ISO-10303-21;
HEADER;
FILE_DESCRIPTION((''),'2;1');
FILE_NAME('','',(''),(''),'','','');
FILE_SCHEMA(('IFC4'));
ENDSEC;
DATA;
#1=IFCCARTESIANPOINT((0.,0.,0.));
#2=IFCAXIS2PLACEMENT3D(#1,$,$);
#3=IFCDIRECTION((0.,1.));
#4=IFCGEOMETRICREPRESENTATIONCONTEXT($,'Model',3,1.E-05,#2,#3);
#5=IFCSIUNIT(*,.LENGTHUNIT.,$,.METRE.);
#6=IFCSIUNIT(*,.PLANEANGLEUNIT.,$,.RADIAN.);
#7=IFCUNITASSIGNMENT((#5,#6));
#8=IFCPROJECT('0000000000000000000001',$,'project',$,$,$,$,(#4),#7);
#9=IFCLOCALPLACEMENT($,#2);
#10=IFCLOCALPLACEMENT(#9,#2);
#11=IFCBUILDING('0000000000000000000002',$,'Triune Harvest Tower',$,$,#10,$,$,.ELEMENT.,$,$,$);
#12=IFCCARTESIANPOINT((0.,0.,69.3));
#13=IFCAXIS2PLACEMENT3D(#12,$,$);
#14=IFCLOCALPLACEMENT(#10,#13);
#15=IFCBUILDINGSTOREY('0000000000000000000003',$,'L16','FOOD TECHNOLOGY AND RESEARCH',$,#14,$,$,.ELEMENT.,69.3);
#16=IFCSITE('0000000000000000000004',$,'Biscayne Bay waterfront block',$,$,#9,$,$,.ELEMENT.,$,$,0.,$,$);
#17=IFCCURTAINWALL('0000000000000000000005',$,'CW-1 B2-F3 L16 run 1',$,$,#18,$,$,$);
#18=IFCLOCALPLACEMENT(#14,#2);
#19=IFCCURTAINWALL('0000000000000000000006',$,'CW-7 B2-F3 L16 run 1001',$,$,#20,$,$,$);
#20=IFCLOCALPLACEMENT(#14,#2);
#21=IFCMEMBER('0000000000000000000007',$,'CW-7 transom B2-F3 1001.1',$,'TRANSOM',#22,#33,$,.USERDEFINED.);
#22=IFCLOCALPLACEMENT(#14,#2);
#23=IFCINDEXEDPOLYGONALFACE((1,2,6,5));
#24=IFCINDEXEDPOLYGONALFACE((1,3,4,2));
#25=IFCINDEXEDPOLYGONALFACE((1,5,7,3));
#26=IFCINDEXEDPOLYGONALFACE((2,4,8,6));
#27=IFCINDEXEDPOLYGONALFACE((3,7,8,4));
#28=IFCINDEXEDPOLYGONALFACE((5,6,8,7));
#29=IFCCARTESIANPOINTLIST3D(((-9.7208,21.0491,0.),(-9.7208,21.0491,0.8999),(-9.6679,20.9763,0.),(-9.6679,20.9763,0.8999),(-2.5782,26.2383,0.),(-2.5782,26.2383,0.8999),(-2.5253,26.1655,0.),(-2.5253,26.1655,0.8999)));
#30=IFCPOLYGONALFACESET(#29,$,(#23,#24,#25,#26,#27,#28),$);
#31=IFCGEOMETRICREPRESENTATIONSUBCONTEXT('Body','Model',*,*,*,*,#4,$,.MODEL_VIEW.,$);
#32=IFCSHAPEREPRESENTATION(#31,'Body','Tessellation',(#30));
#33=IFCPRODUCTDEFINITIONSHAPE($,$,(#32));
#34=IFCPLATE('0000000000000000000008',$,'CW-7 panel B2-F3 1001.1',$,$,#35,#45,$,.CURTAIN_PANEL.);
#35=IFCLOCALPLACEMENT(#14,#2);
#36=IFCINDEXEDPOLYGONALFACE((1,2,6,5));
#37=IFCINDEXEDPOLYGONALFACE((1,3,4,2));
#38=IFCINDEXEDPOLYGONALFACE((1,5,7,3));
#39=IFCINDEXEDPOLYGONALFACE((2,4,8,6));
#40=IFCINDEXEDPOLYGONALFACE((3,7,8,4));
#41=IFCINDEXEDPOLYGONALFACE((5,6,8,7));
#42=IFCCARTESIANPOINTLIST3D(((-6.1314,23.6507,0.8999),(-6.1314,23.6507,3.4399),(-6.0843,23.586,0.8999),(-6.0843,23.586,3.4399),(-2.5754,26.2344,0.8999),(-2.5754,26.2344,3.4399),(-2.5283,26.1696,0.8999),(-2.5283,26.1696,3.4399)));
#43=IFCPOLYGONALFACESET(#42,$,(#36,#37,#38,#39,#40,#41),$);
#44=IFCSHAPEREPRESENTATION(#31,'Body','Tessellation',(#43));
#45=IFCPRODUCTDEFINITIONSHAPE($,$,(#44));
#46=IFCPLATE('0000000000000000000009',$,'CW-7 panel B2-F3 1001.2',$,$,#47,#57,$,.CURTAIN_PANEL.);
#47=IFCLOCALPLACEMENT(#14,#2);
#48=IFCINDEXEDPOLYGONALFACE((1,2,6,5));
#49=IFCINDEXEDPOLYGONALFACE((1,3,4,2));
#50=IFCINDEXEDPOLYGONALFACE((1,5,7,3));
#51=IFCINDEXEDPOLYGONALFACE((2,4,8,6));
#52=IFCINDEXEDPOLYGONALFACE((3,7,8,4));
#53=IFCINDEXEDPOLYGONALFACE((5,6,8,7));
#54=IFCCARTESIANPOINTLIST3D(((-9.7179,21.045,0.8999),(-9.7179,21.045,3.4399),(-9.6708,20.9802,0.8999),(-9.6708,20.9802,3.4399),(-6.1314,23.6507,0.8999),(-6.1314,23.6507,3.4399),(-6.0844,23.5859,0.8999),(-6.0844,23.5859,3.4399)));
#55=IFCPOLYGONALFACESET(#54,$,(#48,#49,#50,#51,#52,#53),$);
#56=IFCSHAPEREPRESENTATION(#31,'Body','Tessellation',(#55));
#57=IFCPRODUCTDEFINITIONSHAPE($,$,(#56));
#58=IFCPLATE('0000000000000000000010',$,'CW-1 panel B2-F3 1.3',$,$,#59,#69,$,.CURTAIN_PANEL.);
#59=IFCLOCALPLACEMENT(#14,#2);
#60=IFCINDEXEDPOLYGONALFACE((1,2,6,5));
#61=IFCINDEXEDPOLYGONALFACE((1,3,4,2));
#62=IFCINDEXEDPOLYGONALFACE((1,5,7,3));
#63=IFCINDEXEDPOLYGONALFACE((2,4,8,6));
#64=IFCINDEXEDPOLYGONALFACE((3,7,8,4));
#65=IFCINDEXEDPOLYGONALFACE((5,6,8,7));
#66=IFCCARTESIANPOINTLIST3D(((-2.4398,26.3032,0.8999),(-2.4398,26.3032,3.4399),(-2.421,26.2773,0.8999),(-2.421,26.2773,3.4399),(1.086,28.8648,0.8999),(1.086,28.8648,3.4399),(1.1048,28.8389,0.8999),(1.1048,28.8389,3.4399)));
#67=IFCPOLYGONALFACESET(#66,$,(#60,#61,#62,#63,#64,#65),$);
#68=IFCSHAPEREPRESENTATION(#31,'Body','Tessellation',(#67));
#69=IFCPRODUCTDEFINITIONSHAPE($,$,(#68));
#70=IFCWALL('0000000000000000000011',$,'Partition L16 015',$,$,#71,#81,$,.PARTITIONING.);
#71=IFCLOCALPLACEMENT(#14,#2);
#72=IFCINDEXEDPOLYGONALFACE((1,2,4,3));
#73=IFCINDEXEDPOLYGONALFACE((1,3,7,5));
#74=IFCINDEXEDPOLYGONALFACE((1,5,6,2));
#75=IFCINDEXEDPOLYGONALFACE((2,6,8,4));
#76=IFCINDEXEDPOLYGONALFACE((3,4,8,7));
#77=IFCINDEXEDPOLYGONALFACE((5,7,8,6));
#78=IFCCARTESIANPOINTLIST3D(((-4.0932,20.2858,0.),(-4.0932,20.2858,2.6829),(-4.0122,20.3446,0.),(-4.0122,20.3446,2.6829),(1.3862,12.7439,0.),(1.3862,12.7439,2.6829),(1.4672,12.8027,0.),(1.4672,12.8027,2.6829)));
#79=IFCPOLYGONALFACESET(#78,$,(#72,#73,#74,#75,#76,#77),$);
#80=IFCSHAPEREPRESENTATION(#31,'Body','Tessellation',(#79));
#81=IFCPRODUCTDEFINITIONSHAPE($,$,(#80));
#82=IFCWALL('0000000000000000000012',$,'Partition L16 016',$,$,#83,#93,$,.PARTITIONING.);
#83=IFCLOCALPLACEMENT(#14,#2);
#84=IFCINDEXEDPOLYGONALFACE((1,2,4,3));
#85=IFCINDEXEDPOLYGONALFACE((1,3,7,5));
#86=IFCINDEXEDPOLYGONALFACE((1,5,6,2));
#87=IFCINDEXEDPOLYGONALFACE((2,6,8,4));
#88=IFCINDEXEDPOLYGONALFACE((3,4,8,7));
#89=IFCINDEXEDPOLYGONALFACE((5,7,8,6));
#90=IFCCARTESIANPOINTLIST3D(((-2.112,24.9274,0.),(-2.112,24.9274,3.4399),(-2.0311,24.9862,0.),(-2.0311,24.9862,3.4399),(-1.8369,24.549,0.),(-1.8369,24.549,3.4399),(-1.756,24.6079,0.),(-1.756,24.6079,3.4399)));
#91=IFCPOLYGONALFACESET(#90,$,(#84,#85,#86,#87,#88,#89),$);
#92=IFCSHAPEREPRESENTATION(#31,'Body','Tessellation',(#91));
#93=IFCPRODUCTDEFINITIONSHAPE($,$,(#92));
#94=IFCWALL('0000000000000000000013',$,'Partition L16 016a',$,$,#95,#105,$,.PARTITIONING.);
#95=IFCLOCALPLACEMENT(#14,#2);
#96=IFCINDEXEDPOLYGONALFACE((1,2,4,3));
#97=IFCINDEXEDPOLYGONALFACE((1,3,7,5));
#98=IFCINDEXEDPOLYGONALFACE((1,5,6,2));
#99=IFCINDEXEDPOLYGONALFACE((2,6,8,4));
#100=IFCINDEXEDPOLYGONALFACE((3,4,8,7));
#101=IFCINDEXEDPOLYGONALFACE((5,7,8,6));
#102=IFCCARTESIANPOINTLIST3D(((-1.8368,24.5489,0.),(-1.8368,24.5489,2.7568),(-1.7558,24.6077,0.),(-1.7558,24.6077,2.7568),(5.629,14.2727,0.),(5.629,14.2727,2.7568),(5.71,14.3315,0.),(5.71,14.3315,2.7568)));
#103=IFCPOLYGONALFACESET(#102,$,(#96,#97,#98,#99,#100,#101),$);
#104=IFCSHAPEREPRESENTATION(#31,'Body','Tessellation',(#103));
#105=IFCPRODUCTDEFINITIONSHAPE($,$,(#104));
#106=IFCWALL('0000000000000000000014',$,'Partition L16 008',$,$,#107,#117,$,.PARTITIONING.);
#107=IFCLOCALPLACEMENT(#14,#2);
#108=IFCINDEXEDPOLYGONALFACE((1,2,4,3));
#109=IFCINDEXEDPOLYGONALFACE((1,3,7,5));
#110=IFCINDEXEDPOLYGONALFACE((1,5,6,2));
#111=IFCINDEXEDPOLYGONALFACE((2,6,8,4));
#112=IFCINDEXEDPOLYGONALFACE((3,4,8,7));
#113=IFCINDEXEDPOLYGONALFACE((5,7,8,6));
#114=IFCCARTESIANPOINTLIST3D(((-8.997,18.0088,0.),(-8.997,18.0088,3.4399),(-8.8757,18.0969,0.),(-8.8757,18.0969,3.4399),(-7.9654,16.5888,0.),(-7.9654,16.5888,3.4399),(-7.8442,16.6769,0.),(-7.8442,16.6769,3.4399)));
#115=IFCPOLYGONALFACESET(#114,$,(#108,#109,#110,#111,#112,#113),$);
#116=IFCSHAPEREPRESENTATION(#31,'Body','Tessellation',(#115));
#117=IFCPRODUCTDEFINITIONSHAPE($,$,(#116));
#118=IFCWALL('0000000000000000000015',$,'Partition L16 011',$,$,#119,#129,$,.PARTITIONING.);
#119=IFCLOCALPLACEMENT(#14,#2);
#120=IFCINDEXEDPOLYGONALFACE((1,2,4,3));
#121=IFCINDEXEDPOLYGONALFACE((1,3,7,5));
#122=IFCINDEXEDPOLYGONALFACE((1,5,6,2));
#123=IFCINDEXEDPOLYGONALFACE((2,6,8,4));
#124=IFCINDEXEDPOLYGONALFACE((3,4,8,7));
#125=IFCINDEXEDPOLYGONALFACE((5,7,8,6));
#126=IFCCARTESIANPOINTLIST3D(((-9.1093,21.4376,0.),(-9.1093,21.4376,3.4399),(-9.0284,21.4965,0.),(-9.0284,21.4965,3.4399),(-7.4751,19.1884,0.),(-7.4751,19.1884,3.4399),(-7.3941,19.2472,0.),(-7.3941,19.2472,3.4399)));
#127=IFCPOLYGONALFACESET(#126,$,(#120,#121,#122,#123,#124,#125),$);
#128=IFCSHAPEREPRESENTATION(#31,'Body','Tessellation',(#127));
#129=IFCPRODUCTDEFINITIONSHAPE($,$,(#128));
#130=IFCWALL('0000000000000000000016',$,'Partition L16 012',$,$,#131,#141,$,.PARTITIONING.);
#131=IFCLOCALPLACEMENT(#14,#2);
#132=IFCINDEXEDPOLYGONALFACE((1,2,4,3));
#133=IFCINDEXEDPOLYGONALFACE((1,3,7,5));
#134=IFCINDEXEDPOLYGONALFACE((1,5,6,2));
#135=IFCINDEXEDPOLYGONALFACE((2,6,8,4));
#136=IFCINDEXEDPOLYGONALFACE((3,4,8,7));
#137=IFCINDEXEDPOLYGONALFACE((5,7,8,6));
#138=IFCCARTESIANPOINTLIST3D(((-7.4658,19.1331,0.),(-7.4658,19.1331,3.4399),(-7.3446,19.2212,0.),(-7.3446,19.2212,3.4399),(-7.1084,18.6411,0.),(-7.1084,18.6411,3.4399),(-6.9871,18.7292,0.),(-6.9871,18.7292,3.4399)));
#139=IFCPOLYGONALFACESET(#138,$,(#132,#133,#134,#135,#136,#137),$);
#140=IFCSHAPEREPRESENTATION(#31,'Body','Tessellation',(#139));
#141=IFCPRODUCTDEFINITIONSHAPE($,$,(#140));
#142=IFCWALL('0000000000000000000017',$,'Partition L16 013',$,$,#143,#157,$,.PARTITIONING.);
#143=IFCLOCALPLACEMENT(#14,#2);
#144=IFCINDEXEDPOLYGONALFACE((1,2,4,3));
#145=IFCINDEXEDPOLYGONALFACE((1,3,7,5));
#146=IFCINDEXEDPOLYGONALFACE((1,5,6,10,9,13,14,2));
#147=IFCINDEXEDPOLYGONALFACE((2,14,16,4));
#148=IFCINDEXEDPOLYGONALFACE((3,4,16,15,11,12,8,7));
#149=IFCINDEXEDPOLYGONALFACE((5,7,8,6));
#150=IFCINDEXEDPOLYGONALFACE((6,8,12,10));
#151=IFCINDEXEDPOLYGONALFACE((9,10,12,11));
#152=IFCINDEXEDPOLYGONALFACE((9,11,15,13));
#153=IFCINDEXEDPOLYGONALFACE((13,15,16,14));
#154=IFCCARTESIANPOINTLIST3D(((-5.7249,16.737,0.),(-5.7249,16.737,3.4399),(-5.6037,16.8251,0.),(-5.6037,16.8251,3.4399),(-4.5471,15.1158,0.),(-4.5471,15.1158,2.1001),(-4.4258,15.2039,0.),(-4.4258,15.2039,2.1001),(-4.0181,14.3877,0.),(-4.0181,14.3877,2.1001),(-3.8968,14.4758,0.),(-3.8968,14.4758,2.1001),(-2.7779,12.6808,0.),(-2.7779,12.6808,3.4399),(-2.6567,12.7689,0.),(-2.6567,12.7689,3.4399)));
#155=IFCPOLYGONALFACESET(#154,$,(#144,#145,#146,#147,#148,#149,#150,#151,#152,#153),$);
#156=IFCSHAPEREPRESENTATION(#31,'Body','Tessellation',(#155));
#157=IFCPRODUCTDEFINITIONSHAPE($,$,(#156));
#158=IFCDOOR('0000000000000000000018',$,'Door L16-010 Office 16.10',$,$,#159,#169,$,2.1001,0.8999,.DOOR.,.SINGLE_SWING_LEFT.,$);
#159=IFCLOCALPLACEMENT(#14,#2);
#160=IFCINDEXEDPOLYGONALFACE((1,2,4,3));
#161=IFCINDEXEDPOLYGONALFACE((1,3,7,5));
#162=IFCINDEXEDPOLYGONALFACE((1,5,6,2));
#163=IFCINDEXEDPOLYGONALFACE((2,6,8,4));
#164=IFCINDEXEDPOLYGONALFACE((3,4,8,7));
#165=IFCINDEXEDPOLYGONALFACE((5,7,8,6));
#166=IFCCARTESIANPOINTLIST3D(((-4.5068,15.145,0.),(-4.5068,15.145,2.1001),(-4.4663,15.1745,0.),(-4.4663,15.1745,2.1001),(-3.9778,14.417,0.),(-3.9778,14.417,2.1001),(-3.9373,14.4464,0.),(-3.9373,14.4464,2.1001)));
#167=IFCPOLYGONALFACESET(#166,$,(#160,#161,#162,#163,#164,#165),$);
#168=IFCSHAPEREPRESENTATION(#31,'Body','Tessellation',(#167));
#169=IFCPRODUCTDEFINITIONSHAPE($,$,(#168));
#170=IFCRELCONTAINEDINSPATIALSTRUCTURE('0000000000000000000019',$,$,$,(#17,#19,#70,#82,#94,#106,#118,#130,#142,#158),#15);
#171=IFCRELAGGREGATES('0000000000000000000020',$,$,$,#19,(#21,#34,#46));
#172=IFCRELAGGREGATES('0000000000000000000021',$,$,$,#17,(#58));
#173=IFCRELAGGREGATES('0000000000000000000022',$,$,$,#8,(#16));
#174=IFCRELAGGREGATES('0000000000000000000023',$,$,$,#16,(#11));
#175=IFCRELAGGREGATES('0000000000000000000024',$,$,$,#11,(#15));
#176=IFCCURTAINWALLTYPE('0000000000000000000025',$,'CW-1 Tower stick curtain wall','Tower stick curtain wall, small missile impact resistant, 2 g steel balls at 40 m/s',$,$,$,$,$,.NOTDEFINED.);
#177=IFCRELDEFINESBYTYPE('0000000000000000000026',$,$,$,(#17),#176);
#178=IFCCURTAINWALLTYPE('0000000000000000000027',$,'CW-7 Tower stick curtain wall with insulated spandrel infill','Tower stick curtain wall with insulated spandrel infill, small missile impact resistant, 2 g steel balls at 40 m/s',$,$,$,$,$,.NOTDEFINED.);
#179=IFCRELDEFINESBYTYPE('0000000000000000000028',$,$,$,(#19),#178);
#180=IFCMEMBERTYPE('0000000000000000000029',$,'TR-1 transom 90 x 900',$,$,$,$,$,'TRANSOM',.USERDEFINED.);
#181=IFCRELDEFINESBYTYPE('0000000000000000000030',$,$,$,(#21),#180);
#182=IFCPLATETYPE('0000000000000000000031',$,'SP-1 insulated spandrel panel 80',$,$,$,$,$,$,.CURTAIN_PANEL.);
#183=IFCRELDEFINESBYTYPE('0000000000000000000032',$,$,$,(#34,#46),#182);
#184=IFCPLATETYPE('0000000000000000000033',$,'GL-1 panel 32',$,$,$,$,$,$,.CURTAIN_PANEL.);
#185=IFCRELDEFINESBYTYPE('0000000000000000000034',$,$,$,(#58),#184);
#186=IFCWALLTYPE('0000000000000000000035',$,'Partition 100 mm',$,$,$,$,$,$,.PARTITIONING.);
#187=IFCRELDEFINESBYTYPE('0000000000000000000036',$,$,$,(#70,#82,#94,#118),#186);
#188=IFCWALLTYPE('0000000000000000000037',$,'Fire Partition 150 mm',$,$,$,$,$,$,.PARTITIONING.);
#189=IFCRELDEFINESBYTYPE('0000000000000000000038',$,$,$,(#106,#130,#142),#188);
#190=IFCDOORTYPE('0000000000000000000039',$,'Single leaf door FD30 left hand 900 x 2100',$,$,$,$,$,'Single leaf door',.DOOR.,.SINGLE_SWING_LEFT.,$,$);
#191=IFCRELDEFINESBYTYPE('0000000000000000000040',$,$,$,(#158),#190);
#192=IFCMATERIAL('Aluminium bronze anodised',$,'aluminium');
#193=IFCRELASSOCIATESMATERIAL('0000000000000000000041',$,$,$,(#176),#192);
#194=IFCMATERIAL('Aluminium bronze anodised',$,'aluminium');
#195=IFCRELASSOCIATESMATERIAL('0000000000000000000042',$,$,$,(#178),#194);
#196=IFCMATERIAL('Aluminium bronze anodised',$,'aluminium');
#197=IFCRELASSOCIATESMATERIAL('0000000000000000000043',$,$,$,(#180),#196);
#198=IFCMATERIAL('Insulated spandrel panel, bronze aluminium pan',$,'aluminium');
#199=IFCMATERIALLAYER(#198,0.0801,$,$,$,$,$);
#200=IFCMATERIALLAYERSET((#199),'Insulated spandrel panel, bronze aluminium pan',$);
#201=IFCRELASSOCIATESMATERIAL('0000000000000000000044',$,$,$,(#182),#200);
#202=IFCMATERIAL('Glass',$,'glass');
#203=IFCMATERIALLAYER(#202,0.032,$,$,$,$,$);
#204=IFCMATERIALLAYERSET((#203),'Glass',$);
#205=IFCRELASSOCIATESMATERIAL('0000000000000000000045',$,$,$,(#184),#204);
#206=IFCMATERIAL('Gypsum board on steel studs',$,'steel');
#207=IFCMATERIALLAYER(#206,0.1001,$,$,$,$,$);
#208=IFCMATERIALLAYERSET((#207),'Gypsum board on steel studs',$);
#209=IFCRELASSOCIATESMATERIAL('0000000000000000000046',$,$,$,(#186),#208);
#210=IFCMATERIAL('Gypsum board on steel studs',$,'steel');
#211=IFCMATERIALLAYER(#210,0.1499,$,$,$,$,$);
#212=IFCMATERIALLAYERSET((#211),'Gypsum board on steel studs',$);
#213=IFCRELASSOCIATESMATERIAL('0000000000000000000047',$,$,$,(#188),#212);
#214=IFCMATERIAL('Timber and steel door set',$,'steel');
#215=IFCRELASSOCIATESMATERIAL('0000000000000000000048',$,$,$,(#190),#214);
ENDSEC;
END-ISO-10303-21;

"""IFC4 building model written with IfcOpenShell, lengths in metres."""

from ifc_helpers import new_model, si_unit, direction, frame, frame_2d, origin, origin_2d, place, context, subcontext, project, spatial, rectangle, extrude, source, transform, mapped, material, layer, layer_set, material_profile, profile_set, type_object, element, fill, aggregate, save


model = new_model("IFC4")

# Units and contexts
model_context = context("Model", 3, precision=1e-05, world=origin(), true_north=direction((0.0, 1.0)))
body_context = subcontext(model_context, "Body", "Model", "MODEL_VIEW")
ifc_project = project(units=[si_unit("LENGTHUNIT", "METRE"), si_unit("PLANEANGLEUNIT", "RADIAN")], contexts=[model_context])

# Site, building, storey
site_placement = place(None, origin())
site = spatial("IfcSite", under=ifc_project, at=site_placement, Name="Biscayne Bay waterfront block", CompositionType="ELEMENT", RefElevation=0.0)
building_placement = place(site_placement, origin())
building = spatial("IfcBuilding", under=site, at=building_placement, Name="Triune Harvest Tower", CompositionType="ELEMENT")
storey_placement = place(building_placement, frame((0.0, 0.0, 69.3)))
storey = spatial("IfcBuildingStorey", under=building, at=storey_placement, Name="L16", Description="FOOD TECHNOLOGY AND RESEARCH", CompositionType="ELEMENT", Elevation=69.3)

# Curtain wall
ifc_material_1 = material(Name="Aluminium bronze anodised", Category="aluminium")
curtain_wall_type_1 = type_object("IfcCurtainWallType", Name="CW-1 Tower stick curtain wall", Description="Tower stick curtain wall, small missile impact resistant, 2 g steel balls at 40 m/s", PredefinedType="NOTDEFINED", material=ifc_material_1)
curtain_wall_1_placement = place(storey_placement, origin())
curtain_wall_1 = element("IfcCurtainWall", 1, at=curtain_wall_1_placement, inside=storey, type_object=curtain_wall_type_1, Name="CW-1 B2-F3 L16 run 1")

# Curtain wall, member, plates
ifc_material_2 = material(Name="Aluminium bronze anodised", Category="aluminium")
curtain_wall_type_2 = type_object("IfcCurtainWallType", Name="CW-7 Tower stick curtain wall with insulated spandrel infill", Description="Tower stick curtain wall with insulated spandrel infill, small missile impact resistant, 2 g steel balls at 40 m/s", PredefinedType="NOTDEFINED", material=ifc_material_2)
curtain_wall_2_placement = place(storey_placement, origin())
curtain_wall_2 = element("IfcCurtainWall", 2, at=curtain_wall_2_placement, inside=storey, type_object=curtain_wall_type_2, Name="CW-7 B2-F3 L16 run 1001")
ifc_material_3 = material(Name="Aluminium bronze anodised", Category="aluminium")
ifc_material_profile_1 = material_profile(ifc_material_3, rectangle(XDim=0.0901, YDim=0.8999, at=origin_2d()), Name="TR-1 transom 90 x 900")
ifc_profile_set_1 = profile_set([ifc_material_profile_1], Name="Aluminium bronze anodised")
member_type_1 = type_object("IfcMemberType", Name="TR-1 transom 90 x 900", ElementType="TRANSOM", PredefinedType="USERDEFINED", material=ifc_profile_set_1)
shared_shape_1 = source(origin(), body_context, "Body", "SweptSolid", [
    extrude(rectangle(XDim=0.0901, YDim=0.8999, at=origin_2d()), origin(), (0.0, 0.0, 1.0), 8.8286),
])
member_1_placement = place(storey_placement, frame((-2.5518, 26.2019, 0.45), z_axis=(-0.809027, -0.587772, 0.0), x_axis=(0.587772, -0.809027, 0.0)))
member_1 = element("IfcMember", 3, at=member_1_placement, type_object=member_type_1, Name="CW-7 transom B2-F3 1001.1", ObjectType="TRANSOM", PredefinedType="USERDEFINED", context=body_context, shape_type="MappedRepresentation", body=[
    mapped(shared_shape_1, transform((0.0, 0.0, 0.0), scale=1.0)),
])
ifc_material_4 = material(Name="Insulated spandrel panel, bronze aluminium pan", Category="aluminium")
ifc_layer_1 = layer(ifc_material_4, 0.0801)
ifc_layer_set_1 = layer_set([ifc_layer_1], Name="Insulated spandrel panel, bronze aluminium pan")
plate_type_1 = type_object("IfcPlateType", Name="SP-1 insulated spandrel panel 80", PredefinedType="CURTAIN_PANEL", material=ifc_layer_set_1)
shared_shape_2 = source(origin(), body_context, "Body", "SweptSolid", [
    extrude(rectangle(XDim=4.3955, YDim=0.0801, at=origin_2d()), origin(), (0.0, 0.0, 1.0), 2.54),
])
plate_1_placement = place(storey_placement, frame((-4.3298, 24.9102, 0.8999), z_axis=(0.0, 0.0, 1.0), x_axis=(-0.809016, -0.587787, 0.0)))
plate_1 = element("IfcPlate", 4, at=plate_1_placement, type_object=plate_type_1, Name="CW-7 panel B2-F3 1001.1", PredefinedType="CURTAIN_PANEL", context=body_context, shape_type="MappedRepresentation", body=[
    mapped(shared_shape_2, transform((0.0, 0.0, 0.0), scale=1.0)),
])
shared_shape_3 = source(origin(), body_context, "Body", "SweptSolid", [
    extrude(rectangle(XDim=4.4331, YDim=0.0801, at=origin_2d()), origin(), (0.0, 0.0, 1.0), 2.54),
])
plate_2_placement = place(storey_placement, frame((-7.9011, 22.3154, 0.8999), z_axis=(0.0, 0.0, 1.0), x_axis=(-0.809016, -0.587787, 0.0)))
plate_2 = element("IfcPlate", 5, at=plate_2_placement, type_object=plate_type_1, Name="CW-7 panel B2-F3 1001.2", PredefinedType="CURTAIN_PANEL", context=body_context, shape_type="MappedRepresentation", body=[
    mapped(shared_shape_3, transform((0.0, 0.0, 0.0), scale=1.0)),
])
aggregate(curtain_wall_2, [member_1, plate_1, plate_2])

# Plate
ifc_material_5 = material(Name="Glass", Category="glass")
ifc_layer_2 = layer(ifc_material_5, 0.032)
ifc_layer_set_2 = layer_set([ifc_layer_2], Name="Glass")
plate_type_2 = type_object("IfcPlateType", Name="GL-1 panel 32", PredefinedType="CURTAIN_PANEL", material=ifc_layer_set_2)
shared_shape_4 = source(origin(), body_context, "Body", "SweptSolid", [
    extrude(rectangle(XDim=4.3582, YDim=0.032, at=origin_2d()), origin(), (0.0, 0.0, 1.0), 2.54),
])
plate_3_placement = place(storey_placement, frame((-0.6675, 27.571, 0.8999), z_axis=(0.0, 0.0, 1.0), x_axis=(-0.809017, -0.587785, 0.0)))
plate_3 = element("IfcPlate", 6, at=plate_3_placement, type_object=plate_type_2, Name="CW-1 panel B2-F3 1.3", PredefinedType="CURTAIN_PANEL", context=body_context, shape_type="MappedRepresentation", body=[
    mapped(shared_shape_4, transform((0.0, 0.0, 0.0), scale=1.0)),
])
aggregate(curtain_wall_1, [plate_3])

# Walls
ifc_material_6 = material(Name="Gypsum board on steel studs", Category="steel")
ifc_layer_3 = layer(ifc_material_6, 0.1001)
ifc_layer_set_3 = layer_set([ifc_layer_3], Name="Gypsum board on steel studs")
wall_type_1 = type_object("IfcWallType", Name="Partition 100 mm", PredefinedType="PARTITIONING", material=ifc_layer_set_3)
wall_1_placement = place(storey_placement, frame((-4.0527, 20.3152, 0.0), z_axis=(0.0, 0.0, 1.0), x_axis=(0.587779, -0.809021, 0.0)))
element("IfcWall", 7, at=wall_1_placement, inside=storey, type_object=wall_type_1, Name="Partition L16 015", PredefinedType="PARTITIONING", context=body_context, shape_type="SweptSolid", body=[
    extrude(rectangle(XDim=9.3223, YDim=0.1001, at=frame_2d((4.6611, 0.0))), origin(), (0.0, 0.0, 1.0), 2.6829),
])
wall_2_placement = place(storey_placement, frame((-2.0715, 24.9568, 0.0), z_axis=(0.0, 0.0, 1.0), x_axis=(0.588079, -0.808804, 0.0)))
element("IfcWall", 8, at=wall_2_placement, inside=storey, type_object=wall_type_1, Name="Partition L16 016", PredefinedType="PARTITIONING", context=body_context, shape_type="SweptSolid", body=[
    extrude(rectangle(XDim=0.4678, YDim=0.1001, at=frame_2d((0.2339, 0.0))), origin(), (0.0, 0.0, 1.0), 3.4399),
])
wall_3_placement = place(storey_placement, frame((-1.7964, 24.5784, 0.0), z_axis=(0.0, 0.0, 1.0), x_axis=(0.587774, -0.809025, 0.0)))
element("IfcWall", 9, at=wall_3_placement, inside=storey, type_object=wall_type_1, Name="Partition L16 016a", PredefinedType="PARTITIONING", context=body_context, shape_type="SweptSolid", body=[
    extrude(rectangle(XDim=12.7019, YDim=0.1001, at=frame_2d((6.3511, 0.0))), origin(), (0.0, 0.0, 1.0), 2.7568),
])
ifc_material_7 = material(Name="Gypsum board on steel studs", Category="steel")
ifc_layer_4 = layer(ifc_material_7, 0.1499)
ifc_layer_set_4 = layer_set([ifc_layer_4], Name="Gypsum board on steel studs")
wall_type_2 = type_object("IfcWallType", Name="Fire Partition 150 mm", PredefinedType="PARTITIONING", material=ifc_layer_set_4)
shared_shape_5 = source(origin(), body_context, "Body", "SweptSolid", [
    extrude(rectangle(XDim=1.7551, YDim=0.1499, at=frame_2d((0.8774, 0.0))), origin(), (0.0, 0.0, 1.0), 3.4399),
])
wall_4_placement = place(storey_placement, frame((-8.9363, 18.0527, 0.0), z_axis=(0.0, 0.0, 1.0), x_axis=(0.587733, -0.809055, 0.0)))
element("IfcWall", 10, at=wall_4_placement, inside=storey, type_object=wall_type_2, Name="Partition L16 008", PredefinedType="PARTITIONING", context=body_context, shape_type="MappedRepresentation", body=[
    mapped(shared_shape_5, transform((0.0, 0.0, 0.0), scale=1.0)),
])
shared_shape_6 = source(origin(), body_context, "Body", "SweptSolid", [
    extrude(rectangle(XDim=2.7803, YDim=0.1001, at=frame_2d((1.3901, 0.0))), origin(), (0.0, 0.0, 1.0), 3.4399),
])
wall_5_placement = place(storey_placement, frame((-9.0688, 21.467, 0.0), z_axis=(0.0, 0.0, 1.0), x_axis=(0.587806, -0.809002, 0.0)))
element("IfcWall", 11, at=wall_5_placement, inside=storey, type_object=wall_type_1, Name="Partition L16 011", PredefinedType="PARTITIONING", context=body_context, shape_type="MappedRepresentation", body=[
    mapped(shared_shape_6, transform((0.0, 0.0, 0.0), scale=1.0)),
])
shared_shape_7 = source(origin(), body_context, "Body", "SweptSolid", [
    extrude(rectangle(XDim=0.6082, YDim=0.1499, at=frame_2d((0.3042, 0.0))), origin(), (0.0, 0.0, 1.0), 3.4399),
])
wall_6_placement = place(storey_placement, frame((-7.4053, 19.1772, 0.0), z_axis=(0.0, 0.0, 1.0), x_axis=(0.58779, -0.809014, 0.0)))
element("IfcWall", 12, at=wall_6_placement, inside=storey, type_object=wall_type_2, Name="Partition L16 012", PredefinedType="PARTITIONING", context=body_context, shape_type="MappedRepresentation", body=[
    mapped(shared_shape_7, transform((0.0, 0.0, 0.0), scale=1.0)),
])

# Wall, opening, door
shared_shape_8 = source(origin(), body_context, "Body", "SweptSolid", [
    extrude(rectangle(XDim=5.0137, YDim=0.1499, at=frame_2d((2.5068, 0.0))), origin(), (0.0, 0.0, 1.0), 3.4399),
])
wall_7_placement = place(storey_placement, frame((-5.6643, 16.781, 0.0), z_axis=(0.0, 0.0, 1.0), x_axis=(0.587792, -0.809012, 0.0)))
wall_7 = element("IfcWall", 13, at=wall_7_placement, inside=storey, type_object=wall_type_2, Name="Partition L16 013", PredefinedType="PARTITIONING", context=body_context, shape_type="MappedRepresentation", body=[
    mapped(shared_shape_8, transform((0.0, 0.0, 0.0), scale=1.0)),
])
opening_1_placement = place(wall_7_placement, frame((2.0039, 0.0, 0.0)))
opening_1 = element("IfcOpeningElement", 14, at=opening_1_placement, cuts=wall_7, PredefinedType="OPENING", context=body_context, shape_type="SweptSolid", body=[
    extrude(rectangle(XDim=0.8999, YDim=2.1001, at=frame_2d((0.45, 1.05))), frame((0.0, 0.085, 0.0), z_axis=(0.0, -1.0, 0.0), x_axis=(1.0, 0.0, 0.0)), (0.0, 0.0, 1.0), 0.1699),
])
ifc_material_8 = material(Name="Timber and steel door set", Category="steel")
door_type_1 = type_object("IfcDoorType", Name="Single leaf door FD30 left hand 900 x 2100", ElementType="Single leaf door", OperationType="SINGLE_SWING_LEFT", PredefinedType="DOOR", material=ifc_material_8)
door_1_placement = place(opening_1_placement, origin())
door_1 = element("IfcDoor", 15, at=door_1_placement, inside=storey, type_object=door_type_1, Name="Door L16-010 Office 16.10", OperationType="SINGLE_SWING_LEFT", OverallHeight=2.1001, OverallWidth=0.8999, PredefinedType="DOOR", context=body_context, shape_type="SweptSolid", body=[
    extrude(rectangle(XDim=0.8999, YDim=2.1001, at=frame_2d((0.45, 1.05))), frame((0.0, 0.0249, 0.0), z_axis=(0.0, -1.0, 0.0), x_axis=(1.0, 0.0, 0.0)), (0.0, 0.0, 1.0), 0.05),
])
fill(opening_1, door_1)

save(model, "model.ifc")
